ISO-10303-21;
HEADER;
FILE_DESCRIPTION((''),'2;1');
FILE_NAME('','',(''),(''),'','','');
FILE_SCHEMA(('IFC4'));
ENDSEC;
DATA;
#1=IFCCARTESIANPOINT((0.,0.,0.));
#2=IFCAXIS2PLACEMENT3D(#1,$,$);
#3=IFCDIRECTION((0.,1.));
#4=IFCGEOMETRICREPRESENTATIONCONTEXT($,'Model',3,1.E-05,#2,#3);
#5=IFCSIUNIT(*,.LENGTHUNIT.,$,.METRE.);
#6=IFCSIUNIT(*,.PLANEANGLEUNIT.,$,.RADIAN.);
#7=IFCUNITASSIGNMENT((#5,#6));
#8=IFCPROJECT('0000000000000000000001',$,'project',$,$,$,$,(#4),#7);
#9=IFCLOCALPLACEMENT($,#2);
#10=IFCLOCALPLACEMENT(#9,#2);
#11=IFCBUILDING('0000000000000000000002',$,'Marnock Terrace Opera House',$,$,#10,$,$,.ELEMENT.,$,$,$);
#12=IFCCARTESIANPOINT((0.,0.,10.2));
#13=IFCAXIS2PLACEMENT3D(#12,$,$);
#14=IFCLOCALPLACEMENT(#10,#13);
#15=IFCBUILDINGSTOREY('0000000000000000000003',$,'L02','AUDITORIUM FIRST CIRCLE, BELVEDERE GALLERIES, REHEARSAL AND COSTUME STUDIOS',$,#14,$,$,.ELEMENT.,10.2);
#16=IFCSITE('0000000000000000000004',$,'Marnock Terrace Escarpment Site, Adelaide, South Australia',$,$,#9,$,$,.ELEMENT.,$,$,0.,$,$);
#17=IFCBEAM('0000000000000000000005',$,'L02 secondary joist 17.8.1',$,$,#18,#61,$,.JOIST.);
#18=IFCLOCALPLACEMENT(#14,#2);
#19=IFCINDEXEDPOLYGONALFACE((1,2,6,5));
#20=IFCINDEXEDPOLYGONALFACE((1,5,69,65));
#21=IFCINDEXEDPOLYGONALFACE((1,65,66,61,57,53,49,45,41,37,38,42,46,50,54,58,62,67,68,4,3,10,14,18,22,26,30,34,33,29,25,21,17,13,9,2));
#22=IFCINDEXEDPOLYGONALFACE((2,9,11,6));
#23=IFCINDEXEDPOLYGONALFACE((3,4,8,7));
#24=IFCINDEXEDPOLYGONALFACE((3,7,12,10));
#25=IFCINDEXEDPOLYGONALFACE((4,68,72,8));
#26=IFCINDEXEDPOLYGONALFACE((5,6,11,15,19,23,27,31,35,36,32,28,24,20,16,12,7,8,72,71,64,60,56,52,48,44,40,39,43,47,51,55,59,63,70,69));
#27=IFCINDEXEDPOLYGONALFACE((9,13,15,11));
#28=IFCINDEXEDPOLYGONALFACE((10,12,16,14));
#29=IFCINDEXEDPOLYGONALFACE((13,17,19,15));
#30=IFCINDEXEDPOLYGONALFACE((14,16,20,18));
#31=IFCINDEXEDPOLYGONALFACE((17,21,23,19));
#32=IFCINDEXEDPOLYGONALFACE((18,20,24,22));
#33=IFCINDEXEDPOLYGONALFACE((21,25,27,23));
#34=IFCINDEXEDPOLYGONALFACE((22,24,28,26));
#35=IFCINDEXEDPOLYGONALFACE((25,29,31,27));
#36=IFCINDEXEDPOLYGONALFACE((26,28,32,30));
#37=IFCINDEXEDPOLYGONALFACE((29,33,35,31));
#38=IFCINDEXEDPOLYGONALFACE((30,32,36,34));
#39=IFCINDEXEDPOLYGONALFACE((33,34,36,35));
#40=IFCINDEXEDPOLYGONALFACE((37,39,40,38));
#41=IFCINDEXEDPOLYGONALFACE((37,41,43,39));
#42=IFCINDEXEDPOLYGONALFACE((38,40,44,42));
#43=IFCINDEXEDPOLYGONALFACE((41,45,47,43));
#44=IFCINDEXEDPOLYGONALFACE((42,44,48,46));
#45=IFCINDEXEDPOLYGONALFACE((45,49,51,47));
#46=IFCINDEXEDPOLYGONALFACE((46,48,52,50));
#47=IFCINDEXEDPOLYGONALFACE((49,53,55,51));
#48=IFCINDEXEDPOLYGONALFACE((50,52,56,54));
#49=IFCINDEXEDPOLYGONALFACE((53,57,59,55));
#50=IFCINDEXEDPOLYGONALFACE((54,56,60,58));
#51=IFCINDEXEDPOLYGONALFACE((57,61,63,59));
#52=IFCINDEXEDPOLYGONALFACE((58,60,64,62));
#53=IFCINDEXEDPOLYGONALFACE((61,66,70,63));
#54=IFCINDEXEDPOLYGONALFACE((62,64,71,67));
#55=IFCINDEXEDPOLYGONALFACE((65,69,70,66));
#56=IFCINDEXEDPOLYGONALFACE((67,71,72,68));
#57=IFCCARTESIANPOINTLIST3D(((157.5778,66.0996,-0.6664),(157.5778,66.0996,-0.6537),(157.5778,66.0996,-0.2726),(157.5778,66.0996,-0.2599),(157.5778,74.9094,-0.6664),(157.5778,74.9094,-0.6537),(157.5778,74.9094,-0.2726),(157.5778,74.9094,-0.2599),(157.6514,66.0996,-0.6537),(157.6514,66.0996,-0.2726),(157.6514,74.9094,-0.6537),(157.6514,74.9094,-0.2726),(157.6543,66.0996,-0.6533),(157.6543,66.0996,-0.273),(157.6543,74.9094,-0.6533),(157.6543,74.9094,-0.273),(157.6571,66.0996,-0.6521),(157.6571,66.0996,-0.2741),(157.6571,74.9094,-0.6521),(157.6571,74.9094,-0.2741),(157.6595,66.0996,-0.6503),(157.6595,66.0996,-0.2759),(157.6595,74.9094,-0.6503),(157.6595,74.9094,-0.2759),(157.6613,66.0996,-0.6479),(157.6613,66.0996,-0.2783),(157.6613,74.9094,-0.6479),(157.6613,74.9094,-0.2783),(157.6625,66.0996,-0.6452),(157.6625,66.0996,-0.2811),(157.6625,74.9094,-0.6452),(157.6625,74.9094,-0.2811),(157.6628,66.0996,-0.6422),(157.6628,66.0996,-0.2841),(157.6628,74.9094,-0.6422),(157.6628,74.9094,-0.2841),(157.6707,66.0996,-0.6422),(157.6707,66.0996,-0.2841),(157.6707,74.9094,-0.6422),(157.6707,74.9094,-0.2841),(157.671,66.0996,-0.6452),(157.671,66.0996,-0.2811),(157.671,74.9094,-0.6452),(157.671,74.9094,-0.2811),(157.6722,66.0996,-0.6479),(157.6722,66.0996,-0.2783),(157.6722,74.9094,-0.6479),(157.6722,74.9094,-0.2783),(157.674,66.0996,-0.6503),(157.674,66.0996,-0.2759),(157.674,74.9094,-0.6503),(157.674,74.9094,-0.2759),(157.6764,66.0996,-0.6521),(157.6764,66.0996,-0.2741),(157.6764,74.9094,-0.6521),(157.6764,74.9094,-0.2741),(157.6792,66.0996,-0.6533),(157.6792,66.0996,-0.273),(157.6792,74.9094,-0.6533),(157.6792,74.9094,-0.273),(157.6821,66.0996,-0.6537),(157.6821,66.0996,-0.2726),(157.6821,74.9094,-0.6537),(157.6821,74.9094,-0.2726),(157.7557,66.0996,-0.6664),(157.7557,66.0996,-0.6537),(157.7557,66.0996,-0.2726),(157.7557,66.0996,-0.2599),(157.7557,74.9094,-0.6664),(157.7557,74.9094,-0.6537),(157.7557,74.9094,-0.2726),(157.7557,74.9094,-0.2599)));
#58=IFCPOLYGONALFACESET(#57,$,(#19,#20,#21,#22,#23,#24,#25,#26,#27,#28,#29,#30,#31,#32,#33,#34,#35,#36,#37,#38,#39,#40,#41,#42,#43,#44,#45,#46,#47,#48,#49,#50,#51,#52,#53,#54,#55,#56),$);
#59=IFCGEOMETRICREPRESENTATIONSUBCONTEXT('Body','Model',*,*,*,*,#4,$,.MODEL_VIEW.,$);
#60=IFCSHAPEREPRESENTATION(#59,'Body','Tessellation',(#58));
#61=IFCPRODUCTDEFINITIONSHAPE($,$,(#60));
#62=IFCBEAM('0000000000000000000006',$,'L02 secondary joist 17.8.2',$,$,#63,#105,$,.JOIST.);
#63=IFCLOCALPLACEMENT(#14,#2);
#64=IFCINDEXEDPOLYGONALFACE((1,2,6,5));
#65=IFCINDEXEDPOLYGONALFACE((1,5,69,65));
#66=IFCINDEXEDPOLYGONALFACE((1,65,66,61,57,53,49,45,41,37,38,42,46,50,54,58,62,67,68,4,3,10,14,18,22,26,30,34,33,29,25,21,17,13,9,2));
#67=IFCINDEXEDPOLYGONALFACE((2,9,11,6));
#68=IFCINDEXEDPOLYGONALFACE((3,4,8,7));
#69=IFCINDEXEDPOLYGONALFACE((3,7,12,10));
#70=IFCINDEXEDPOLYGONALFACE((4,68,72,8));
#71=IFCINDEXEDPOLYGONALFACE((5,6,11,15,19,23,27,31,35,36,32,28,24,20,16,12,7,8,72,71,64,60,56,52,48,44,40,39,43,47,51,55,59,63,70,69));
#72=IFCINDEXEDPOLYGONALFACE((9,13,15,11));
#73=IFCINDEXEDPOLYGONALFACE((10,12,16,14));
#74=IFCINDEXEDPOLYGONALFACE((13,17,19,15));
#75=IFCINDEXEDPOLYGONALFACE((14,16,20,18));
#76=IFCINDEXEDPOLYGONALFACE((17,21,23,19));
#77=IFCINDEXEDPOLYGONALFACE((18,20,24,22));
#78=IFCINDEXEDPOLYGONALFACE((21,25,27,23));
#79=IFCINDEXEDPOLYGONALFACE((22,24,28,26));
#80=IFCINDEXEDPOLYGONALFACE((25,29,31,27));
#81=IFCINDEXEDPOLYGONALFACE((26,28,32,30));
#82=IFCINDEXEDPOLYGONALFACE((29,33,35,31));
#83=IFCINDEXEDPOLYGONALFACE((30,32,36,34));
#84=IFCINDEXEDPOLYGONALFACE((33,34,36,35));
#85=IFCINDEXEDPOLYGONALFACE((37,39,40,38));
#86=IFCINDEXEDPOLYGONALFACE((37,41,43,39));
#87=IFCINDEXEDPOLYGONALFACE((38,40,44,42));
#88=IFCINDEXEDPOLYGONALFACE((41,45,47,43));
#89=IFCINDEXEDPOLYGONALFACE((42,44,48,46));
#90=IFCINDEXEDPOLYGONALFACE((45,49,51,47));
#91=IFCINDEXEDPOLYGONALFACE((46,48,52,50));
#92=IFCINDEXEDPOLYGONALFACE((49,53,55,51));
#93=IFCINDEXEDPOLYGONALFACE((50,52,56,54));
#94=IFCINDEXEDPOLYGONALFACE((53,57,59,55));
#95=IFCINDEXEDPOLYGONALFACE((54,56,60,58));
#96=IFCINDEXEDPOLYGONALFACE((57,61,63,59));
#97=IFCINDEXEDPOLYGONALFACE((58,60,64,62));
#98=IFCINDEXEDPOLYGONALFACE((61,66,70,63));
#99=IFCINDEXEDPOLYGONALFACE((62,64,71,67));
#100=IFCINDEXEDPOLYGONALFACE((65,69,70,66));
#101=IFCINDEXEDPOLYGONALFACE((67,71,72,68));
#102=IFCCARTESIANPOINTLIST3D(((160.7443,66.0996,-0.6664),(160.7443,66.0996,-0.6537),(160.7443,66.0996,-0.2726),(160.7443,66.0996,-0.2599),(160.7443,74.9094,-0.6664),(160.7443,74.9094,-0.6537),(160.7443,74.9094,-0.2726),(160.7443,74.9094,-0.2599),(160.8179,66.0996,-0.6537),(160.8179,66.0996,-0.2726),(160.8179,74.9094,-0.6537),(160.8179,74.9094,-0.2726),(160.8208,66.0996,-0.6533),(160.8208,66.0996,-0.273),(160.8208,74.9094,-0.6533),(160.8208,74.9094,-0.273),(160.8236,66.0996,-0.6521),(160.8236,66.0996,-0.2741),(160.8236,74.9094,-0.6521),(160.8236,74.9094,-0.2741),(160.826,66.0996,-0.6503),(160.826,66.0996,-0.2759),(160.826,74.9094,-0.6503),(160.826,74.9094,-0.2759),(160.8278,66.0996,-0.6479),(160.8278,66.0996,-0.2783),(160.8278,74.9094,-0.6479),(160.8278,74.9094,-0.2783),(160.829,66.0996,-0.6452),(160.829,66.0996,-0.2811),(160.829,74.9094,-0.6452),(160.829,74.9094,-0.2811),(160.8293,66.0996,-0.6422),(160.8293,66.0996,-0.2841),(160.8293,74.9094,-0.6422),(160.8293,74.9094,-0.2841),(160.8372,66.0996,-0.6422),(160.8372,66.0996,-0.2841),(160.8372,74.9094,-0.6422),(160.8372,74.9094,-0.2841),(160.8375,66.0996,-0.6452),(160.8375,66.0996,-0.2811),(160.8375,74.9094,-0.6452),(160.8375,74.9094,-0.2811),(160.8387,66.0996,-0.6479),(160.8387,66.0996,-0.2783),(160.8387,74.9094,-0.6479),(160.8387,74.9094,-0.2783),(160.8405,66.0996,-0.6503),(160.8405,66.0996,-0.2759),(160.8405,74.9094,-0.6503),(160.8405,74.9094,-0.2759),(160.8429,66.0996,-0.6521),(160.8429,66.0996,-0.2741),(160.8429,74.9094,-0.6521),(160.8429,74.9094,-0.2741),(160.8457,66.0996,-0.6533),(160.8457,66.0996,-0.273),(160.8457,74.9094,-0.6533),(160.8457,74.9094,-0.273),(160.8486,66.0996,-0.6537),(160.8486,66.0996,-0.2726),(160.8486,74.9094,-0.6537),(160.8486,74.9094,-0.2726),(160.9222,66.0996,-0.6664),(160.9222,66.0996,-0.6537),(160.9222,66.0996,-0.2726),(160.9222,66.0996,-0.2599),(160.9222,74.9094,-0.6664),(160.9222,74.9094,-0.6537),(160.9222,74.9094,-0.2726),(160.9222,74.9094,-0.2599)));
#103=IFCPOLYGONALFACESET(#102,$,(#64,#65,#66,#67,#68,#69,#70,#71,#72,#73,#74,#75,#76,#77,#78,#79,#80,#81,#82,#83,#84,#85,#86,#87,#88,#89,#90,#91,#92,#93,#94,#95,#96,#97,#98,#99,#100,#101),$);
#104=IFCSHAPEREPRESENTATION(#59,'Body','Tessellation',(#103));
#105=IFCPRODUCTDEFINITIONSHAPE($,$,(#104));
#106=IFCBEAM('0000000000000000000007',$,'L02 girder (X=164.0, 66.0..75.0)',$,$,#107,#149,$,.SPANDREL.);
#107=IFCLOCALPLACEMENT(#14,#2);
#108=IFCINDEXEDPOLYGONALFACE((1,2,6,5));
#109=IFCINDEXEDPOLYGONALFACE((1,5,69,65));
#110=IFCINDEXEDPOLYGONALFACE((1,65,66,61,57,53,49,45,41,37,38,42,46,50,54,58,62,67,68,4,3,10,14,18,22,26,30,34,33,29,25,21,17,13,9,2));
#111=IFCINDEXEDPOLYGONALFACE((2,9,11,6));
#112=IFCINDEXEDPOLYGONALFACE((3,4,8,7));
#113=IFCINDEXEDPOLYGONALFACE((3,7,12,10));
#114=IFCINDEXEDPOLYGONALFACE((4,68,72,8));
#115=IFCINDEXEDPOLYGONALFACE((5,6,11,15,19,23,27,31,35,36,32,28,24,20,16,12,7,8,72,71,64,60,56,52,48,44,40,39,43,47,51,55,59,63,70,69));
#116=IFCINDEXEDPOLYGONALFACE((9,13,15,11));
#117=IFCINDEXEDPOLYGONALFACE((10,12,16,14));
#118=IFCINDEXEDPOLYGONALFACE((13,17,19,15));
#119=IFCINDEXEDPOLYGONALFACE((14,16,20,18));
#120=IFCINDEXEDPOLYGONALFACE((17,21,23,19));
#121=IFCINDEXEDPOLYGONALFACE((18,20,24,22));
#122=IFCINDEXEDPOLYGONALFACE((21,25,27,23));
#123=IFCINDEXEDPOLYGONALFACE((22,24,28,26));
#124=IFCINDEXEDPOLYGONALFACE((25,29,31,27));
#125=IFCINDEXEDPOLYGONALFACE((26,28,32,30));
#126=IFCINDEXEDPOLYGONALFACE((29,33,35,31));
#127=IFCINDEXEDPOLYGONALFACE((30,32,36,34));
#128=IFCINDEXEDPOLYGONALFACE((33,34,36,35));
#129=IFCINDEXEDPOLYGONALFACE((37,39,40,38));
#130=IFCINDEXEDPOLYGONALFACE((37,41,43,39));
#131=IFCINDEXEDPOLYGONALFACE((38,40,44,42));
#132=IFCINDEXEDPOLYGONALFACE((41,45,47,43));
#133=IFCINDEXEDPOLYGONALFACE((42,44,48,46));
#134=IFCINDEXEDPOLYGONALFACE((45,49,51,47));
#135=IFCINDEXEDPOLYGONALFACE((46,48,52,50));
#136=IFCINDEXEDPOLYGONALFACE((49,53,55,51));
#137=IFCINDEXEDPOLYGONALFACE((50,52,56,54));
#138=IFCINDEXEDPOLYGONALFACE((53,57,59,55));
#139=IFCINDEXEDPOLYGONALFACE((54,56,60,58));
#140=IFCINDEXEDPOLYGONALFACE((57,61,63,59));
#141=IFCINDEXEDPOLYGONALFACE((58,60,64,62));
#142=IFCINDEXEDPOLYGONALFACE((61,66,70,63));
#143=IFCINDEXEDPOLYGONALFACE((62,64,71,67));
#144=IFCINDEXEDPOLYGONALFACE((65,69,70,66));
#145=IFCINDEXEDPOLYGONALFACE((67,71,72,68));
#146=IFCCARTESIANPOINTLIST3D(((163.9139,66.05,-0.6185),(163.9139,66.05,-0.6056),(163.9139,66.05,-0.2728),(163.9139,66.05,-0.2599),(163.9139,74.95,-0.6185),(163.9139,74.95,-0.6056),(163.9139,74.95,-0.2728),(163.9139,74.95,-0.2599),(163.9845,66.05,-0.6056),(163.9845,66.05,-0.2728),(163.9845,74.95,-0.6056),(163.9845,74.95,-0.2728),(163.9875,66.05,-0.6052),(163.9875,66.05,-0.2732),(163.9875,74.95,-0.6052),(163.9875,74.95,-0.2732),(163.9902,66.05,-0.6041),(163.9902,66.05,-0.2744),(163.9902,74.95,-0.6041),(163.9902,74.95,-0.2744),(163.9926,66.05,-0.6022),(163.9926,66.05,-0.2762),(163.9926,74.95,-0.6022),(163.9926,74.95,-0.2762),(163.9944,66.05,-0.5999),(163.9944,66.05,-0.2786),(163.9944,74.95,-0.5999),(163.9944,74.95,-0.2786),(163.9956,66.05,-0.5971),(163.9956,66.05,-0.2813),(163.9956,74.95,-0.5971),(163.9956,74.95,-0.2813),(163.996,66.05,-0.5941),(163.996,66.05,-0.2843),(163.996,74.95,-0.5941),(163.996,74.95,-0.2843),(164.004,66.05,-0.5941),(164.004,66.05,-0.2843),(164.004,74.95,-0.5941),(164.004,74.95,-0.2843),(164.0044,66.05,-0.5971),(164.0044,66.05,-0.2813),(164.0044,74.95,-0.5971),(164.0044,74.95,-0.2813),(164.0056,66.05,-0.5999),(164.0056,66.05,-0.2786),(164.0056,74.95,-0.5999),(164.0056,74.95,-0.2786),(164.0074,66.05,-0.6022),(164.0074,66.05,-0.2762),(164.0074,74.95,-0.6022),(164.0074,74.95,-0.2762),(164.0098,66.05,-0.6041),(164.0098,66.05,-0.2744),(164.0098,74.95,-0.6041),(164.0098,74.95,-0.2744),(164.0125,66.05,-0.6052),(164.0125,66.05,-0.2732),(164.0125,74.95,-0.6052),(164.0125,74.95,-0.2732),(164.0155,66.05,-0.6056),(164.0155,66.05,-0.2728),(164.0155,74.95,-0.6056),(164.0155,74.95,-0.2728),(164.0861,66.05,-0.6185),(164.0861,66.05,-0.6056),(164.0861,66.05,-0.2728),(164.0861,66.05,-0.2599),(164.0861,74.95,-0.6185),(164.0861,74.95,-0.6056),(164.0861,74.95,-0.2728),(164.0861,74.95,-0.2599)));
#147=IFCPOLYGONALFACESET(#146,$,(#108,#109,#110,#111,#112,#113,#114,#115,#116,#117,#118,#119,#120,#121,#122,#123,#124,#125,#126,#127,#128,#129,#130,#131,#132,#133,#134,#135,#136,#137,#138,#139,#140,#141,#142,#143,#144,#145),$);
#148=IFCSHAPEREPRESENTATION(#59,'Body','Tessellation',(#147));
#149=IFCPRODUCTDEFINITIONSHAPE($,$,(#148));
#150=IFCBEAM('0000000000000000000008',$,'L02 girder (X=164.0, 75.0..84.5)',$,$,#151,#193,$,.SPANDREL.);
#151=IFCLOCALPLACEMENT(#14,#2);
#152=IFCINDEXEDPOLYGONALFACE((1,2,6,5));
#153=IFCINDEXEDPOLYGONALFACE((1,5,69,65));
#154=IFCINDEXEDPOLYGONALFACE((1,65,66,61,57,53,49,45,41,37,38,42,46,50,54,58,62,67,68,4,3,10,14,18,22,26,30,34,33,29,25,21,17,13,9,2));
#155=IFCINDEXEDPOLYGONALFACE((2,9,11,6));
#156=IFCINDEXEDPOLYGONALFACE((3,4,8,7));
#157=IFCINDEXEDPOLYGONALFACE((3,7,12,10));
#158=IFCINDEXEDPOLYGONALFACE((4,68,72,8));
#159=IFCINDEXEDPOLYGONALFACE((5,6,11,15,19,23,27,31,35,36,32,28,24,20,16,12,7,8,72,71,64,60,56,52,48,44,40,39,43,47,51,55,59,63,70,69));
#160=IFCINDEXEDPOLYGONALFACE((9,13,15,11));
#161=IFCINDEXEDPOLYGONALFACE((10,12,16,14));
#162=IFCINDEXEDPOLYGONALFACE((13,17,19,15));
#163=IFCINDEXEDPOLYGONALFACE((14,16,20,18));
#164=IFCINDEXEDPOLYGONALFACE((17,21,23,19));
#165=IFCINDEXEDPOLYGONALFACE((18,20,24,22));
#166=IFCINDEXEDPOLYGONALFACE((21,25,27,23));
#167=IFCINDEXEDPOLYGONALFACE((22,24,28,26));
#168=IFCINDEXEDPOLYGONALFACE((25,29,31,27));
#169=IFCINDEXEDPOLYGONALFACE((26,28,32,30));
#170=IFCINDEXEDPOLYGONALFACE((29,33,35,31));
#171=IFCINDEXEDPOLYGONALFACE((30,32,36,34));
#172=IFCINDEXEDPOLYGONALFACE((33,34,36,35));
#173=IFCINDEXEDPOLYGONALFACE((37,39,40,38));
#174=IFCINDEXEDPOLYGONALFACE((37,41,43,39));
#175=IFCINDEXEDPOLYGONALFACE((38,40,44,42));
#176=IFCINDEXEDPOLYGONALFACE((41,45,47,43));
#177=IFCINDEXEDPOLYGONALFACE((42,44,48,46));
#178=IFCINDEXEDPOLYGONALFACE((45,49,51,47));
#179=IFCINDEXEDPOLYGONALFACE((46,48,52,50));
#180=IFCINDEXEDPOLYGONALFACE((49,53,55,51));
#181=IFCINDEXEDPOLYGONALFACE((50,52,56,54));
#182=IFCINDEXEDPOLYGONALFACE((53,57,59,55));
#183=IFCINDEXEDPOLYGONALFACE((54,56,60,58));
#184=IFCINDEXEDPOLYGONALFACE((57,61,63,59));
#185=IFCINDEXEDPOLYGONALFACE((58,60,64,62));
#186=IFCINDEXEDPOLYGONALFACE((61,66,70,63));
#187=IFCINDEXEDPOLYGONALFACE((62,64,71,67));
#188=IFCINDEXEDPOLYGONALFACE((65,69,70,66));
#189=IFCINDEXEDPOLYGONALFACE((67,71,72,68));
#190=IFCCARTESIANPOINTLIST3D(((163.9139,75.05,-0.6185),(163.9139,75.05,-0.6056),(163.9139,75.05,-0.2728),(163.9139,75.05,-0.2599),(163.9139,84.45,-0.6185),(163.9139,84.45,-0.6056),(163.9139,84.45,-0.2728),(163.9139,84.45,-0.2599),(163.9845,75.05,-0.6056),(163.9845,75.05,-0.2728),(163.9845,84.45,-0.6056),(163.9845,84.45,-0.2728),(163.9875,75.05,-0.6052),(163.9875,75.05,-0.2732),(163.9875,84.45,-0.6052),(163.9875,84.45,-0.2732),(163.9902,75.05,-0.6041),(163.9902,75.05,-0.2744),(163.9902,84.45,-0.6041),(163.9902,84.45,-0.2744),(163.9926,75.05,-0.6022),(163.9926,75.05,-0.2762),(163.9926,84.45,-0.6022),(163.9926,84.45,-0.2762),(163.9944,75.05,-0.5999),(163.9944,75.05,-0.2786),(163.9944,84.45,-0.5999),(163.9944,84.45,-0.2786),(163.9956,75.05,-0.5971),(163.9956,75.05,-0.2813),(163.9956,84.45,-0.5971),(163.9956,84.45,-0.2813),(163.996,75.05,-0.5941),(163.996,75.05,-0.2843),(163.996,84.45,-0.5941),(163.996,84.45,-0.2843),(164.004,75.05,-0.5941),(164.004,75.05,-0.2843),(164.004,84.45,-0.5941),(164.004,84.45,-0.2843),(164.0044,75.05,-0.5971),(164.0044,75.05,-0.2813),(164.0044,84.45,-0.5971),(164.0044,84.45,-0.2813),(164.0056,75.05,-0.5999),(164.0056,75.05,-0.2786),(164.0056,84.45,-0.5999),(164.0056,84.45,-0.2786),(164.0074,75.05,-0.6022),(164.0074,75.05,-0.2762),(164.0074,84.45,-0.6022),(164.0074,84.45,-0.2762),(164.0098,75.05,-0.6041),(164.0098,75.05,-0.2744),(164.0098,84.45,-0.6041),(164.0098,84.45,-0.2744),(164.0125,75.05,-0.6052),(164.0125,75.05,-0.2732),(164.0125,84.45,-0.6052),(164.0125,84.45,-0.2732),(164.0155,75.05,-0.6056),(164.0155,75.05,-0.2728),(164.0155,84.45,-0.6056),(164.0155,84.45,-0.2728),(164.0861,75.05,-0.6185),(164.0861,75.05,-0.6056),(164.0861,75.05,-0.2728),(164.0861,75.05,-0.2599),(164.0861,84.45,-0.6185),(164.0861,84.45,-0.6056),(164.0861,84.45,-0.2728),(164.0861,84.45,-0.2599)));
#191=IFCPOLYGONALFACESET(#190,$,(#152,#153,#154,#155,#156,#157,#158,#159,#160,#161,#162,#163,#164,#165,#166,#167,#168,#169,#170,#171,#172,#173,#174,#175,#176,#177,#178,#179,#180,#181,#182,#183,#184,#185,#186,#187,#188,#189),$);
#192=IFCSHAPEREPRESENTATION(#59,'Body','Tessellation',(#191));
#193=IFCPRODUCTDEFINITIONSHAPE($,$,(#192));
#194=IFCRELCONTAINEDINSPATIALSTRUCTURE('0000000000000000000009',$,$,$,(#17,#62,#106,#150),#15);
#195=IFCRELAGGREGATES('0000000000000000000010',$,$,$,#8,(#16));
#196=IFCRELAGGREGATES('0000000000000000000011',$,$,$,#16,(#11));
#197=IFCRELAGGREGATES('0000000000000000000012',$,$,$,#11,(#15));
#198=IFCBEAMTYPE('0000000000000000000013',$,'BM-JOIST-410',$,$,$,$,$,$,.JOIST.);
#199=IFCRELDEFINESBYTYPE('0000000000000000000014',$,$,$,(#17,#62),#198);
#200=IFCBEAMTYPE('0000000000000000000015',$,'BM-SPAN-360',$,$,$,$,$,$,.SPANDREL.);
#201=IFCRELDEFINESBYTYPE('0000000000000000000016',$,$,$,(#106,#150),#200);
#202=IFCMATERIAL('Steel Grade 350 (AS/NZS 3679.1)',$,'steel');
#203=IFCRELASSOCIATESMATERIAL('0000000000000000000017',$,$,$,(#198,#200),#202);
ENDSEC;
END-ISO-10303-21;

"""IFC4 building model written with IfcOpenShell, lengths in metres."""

from ifc_helpers import new_model, si_unit, direction, frame, origin, origin_2d, place, context, subcontext, project, spatial, i_section, extrude, material, material_profile, profile_set, type_object, element, save


model = new_model("IFC4")

# Units and contexts
model_context = context("Model", 3, precision=1e-05, world=origin(), true_north=direction((0.0, 1.0)))
body_context = subcontext(model_context, "Body", "Model", "MODEL_VIEW")
ifc_project = project(units=[si_unit("LENGTHUNIT", "METRE"), si_unit("PLANEANGLEUNIT", "RADIAN")], contexts=[model_context])

# Site, building, storey
site_placement = place(None, origin())
site = spatial("IfcSite", under=ifc_project, at=site_placement, Name="Marnock Terrace Escarpment Site, Adelaide, South Australia", CompositionType="ELEMENT", RefElevation=0.0)
building_placement = place(site_placement, origin())
building = spatial("IfcBuilding", under=site, at=building_placement, Name="Marnock Terrace Opera House", CompositionType="ELEMENT")
storey_placement = place(building_placement, frame((0.0, 0.0, 10.2)))
storey = spatial("IfcBuildingStorey", under=building, at=storey_placement, Name="L02", Description="AUDITORIUM FIRST CIRCLE, BELVEDERE GALLERIES, REHEARSAL AND COSTUME STUDIOS", CompositionType="ELEMENT", Elevation=10.2)

# Beams
ifc_material_1 = material(Name="Steel Grade 350 (AS/NZS 3679.1)", Category="steel")
ifc_material_profile_1 = material_profile(ifc_material_1, i_section(OverallWidth=0.178, OverallDepth=0.4065, WebThickness=0.0078, FlangeThickness=0.0127, FilletRadius=0.0115, at=origin_2d()))
ifc_profile_set_1 = profile_set([ifc_material_profile_1], Name="Steel Grade 350 (AS/NZS 3679.1)")
beam_type_1 = type_object("IfcBeamType", Name="BM-JOIST-410", PredefinedType="JOIST", material=ifc_profile_set_1)
for number, where, z_axis, x_axis, name in (
    (1, (157.6667, 66.0996, -0.4631), (0.0, 1.0, 0.0), (-1.0, 0.0, 0.0), "L02 secondary joist 17.8.1"),
    (2, (160.8333, 66.0996, -0.4631), (0.0, 1.0, 0.0), (-1.0, 0.0, 0.0), "L02 secondary joist 17.8.2"),
):
    element("IfcBeam", number, at=place(storey_placement, frame(where, z_axis=z_axis, x_axis=x_axis)), inside=storey, type_object=beam_type_1, Name=name, PredefinedType="JOIST", context=body_context, shape_type="SweptSolid", body=[
        extrude(i_section(OverallWidth=0.178, OverallDepth=0.4065, WebThickness=0.0078, FlangeThickness=0.0127, FilletRadius=0.0115, at=origin_2d()), origin(), (0.0, 0.0, 1.0), 8.8098),
    ])
ifc_material_profile_2 = material_profile(ifc_material_1, i_section(OverallWidth=0.1721, OverallDepth=0.3586, WebThickness=0.0081, FlangeThickness=0.0129, FilletRadius=0.0115, at=origin_2d()))
ifc_profile_set_2 = profile_set([ifc_material_profile_2], Name="Steel Grade 350 (AS/NZS 3679.1)")
beam_type_2 = type_object("IfcBeamType", Name="BM-SPAN-360", PredefinedType="SPANDREL", material=ifc_profile_set_2)
beam_1_placement = place(storey_placement, frame((164.0, 66.05, -0.4392), z_axis=(0.0, 1.0, 0.0), x_axis=(-1.0, 0.0, 0.0)))
element("IfcBeam", 3, at=beam_1_placement, inside=storey, type_object=beam_type_2, Name="L02 girder (X=164.0, 66.0..75.0)", PredefinedType="SPANDREL", context=body_context, shape_type="SweptSolid", body=[
    extrude(i_section(OverallWidth=0.1721, OverallDepth=0.3586, WebThickness=0.0081, FlangeThickness=0.0129, FilletRadius=0.0115, at=origin_2d()), origin(), (0.0, 0.0, 1.0), 8.8999),
])
beam_2_placement = place(storey_placement, frame((164.0, 75.05, -0.4392), z_axis=(0.0, 1.0, 0.0), x_axis=(-1.0, 0.0, 0.0)))
element("IfcBeam", 4, at=beam_2_placement, inside=storey, type_object=beam_type_2, Name="L02 girder (X=164.0, 75.0..84.5)", PredefinedType="SPANDREL", context=body_context, shape_type="SweptSolid", body=[
    extrude(i_section(OverallWidth=0.1721, OverallDepth=0.3586, WebThickness=0.0081, FlangeThickness=0.0129, FilletRadius=0.0115, at=origin_2d()), origin(), (0.0, 0.0, 1.0), 9.3999),
])

save(model, "model.ifc")
